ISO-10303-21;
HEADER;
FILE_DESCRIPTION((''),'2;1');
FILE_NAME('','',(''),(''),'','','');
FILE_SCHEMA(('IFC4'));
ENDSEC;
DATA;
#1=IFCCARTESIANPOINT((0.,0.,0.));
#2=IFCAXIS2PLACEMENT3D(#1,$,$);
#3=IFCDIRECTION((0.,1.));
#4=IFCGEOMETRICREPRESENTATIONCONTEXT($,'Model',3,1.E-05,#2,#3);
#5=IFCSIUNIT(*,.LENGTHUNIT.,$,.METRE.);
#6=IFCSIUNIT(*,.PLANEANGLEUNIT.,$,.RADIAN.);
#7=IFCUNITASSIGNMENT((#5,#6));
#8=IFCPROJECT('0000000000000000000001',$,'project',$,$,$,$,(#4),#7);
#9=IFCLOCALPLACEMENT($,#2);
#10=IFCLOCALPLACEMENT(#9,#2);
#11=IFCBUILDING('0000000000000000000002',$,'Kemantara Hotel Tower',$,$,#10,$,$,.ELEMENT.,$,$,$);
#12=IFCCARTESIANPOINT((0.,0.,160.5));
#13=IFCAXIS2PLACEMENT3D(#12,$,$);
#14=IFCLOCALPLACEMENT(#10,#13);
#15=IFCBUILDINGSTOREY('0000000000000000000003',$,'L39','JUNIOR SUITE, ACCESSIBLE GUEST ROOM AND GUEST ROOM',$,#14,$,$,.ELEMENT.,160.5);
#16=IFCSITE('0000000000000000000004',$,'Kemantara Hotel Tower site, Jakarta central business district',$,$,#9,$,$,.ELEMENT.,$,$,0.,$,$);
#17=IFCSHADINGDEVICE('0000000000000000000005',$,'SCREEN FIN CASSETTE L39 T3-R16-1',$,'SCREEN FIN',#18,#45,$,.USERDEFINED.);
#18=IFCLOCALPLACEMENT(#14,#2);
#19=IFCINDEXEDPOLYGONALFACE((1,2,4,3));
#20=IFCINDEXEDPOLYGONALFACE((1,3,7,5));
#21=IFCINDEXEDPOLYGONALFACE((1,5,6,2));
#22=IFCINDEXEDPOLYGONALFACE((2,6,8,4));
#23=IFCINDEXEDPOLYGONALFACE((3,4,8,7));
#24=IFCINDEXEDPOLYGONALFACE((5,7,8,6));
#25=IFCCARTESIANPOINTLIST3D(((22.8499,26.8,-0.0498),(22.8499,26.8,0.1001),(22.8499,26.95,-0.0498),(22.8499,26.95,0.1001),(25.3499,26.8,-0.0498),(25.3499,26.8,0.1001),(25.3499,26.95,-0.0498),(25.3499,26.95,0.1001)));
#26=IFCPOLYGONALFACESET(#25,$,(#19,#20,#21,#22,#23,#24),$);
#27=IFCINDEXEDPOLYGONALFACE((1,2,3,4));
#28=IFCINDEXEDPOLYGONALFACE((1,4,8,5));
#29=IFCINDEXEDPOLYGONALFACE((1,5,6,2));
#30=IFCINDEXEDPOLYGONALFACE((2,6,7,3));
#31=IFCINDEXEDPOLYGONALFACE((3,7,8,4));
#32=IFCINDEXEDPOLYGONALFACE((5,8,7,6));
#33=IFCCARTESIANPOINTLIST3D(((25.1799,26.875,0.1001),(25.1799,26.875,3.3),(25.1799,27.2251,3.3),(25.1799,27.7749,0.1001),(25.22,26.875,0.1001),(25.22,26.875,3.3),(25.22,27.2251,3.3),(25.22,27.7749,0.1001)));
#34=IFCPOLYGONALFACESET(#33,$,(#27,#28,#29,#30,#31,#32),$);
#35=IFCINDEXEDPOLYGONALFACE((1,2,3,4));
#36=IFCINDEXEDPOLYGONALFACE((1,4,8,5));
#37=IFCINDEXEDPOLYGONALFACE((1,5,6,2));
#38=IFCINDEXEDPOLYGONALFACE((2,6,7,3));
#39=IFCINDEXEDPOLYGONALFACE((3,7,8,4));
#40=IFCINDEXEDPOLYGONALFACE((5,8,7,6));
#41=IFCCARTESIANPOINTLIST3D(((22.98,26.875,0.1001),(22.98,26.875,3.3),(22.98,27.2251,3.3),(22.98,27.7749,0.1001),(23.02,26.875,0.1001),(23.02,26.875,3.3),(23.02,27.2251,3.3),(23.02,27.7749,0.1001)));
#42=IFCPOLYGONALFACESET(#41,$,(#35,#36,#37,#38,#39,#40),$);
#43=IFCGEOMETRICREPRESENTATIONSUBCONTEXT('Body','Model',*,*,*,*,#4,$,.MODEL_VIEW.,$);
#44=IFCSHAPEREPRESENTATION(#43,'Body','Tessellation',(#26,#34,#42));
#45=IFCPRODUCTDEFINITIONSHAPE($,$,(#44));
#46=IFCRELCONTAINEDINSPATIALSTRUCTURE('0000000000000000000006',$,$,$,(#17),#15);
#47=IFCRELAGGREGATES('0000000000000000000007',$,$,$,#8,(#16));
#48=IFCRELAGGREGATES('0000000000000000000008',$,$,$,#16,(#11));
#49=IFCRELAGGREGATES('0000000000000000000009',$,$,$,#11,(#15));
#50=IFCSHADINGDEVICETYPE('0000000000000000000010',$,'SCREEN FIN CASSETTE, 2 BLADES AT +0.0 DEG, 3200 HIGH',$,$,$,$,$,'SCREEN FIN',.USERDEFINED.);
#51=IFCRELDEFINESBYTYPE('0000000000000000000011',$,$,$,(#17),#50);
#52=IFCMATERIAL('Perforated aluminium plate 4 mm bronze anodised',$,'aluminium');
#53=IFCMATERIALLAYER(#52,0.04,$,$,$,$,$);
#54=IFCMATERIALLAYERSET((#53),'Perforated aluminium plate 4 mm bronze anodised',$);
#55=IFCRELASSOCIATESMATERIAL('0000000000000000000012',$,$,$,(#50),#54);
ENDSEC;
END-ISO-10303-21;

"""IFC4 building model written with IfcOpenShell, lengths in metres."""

from ifc_helpers import new_model, si_unit, direction, frame, origin, origin_2d, place, context, subcontext, project, spatial, polyline, rectangle, outline, extrude, source, transform, mapped, material, layer, layer_set, type_object, element, save


model = new_model("IFC4")

# Units and contexts
model_context = context("Model", 3, precision=1e-05, world=origin(), true_north=direction((0.0, 1.0)))
body_context = subcontext(model_context, "Body", "Model", "MODEL_VIEW")
ifc_project = project(units=[si_unit("LENGTHUNIT", "METRE"), si_unit("PLANEANGLEUNIT", "RADIAN")], contexts=[model_context])

# Site, building, storey
site_placement = place(None, origin())
site = spatial("IfcSite", under=ifc_project, at=site_placement, Name="Kemantara Hotel Tower site, Jakarta central business district", CompositionType="ELEMENT", RefElevation=0.0)
building_placement = place(site_placement, origin())
building = spatial("IfcBuilding", under=site, at=building_placement, Name="Kemantara Hotel Tower", CompositionType="ELEMENT")
storey_placement = place(building_placement, frame((0.0, 0.0, 160.5)))
storey = spatial("IfcBuildingStorey", under=building, at=storey_placement, Name="L39", Description="JUNIOR SUITE, ACCESSIBLE GUEST ROOM AND GUEST ROOM", CompositionType="ELEMENT", Elevation=160.5)

# Shading device
ifc_material_1 = material(Name="Perforated aluminium plate 4 mm bronze anodised", Category="aluminium")
ifc_layer_1 = layer(ifc_material_1, 0.04)
ifc_layer_set_1 = layer_set([ifc_layer_1], Name="Perforated aluminium plate 4 mm bronze anodised")
shading_device_type_1 = type_object("IfcShadingDeviceType", Name="SCREEN FIN CASSETTE, 2 BLADES AT +0.0 DEG, 3200 HIGH", ElementType="SCREEN FIN", PredefinedType="USERDEFINED", material=ifc_layer_set_1)
shared_shape_1 = source(origin(), body_context, "Body", "SweptSolid", [
    extrude(rectangle(XDim=2.5, YDim=0.1499, at=origin_2d()), frame((1.1001, -0.075, -0.1499), z_axis=(0.0, 0.0, 1.0), x_axis=(1.0, 0.0, 0.0)), (0.0, 0.0, 1.0), 0.1499),
    extrude(outline(polyline([(0.0, 0.0), (0.8999, 0.0), (0.3501, 3.2), (0.0, 3.2), (0.0, 0.0)])), frame((0.02, -0.075, 0.0), z_axis=(-1.0, 0.0, 0.0), x_axis=(0.0, -1.0, 0.0)), (0.0, 0.0, 1.0), 0.04),
    extrude(outline(polyline([(0.0, 0.0), (0.8999, 0.0), (0.3501, 3.2), (0.0, 3.2), (0.0, 0.0)])), frame((2.22, -0.075, 0.0), z_axis=(-1.0, 0.0, 0.0), x_axis=(0.0, -1.0, 0.0)), (0.0, 0.0, 1.0), 0.04),
])
for number, where, z_axis, x_axis, name in (
    (1, (25.2, 26.8, 0.1001), (0.0, 0.0, 1.0), (-1.0, 0.0, 0.0), "SCREEN FIN CASSETTE L39 T3-R16-1"),
):
    element("IfcShadingDevice", number, at=place(storey_placement, frame(where, z_axis=z_axis, x_axis=x_axis)), inside=storey, type_object=shading_device_type_1, Name=name, ObjectType="SCREEN FIN", PredefinedType="USERDEFINED", context=body_context, shape_type="MappedRepresentation", body=[
        mapped(shared_shape_1, transform((0.0, 0.0, 0.0))),
    ])

save(model, "model.ifc")
